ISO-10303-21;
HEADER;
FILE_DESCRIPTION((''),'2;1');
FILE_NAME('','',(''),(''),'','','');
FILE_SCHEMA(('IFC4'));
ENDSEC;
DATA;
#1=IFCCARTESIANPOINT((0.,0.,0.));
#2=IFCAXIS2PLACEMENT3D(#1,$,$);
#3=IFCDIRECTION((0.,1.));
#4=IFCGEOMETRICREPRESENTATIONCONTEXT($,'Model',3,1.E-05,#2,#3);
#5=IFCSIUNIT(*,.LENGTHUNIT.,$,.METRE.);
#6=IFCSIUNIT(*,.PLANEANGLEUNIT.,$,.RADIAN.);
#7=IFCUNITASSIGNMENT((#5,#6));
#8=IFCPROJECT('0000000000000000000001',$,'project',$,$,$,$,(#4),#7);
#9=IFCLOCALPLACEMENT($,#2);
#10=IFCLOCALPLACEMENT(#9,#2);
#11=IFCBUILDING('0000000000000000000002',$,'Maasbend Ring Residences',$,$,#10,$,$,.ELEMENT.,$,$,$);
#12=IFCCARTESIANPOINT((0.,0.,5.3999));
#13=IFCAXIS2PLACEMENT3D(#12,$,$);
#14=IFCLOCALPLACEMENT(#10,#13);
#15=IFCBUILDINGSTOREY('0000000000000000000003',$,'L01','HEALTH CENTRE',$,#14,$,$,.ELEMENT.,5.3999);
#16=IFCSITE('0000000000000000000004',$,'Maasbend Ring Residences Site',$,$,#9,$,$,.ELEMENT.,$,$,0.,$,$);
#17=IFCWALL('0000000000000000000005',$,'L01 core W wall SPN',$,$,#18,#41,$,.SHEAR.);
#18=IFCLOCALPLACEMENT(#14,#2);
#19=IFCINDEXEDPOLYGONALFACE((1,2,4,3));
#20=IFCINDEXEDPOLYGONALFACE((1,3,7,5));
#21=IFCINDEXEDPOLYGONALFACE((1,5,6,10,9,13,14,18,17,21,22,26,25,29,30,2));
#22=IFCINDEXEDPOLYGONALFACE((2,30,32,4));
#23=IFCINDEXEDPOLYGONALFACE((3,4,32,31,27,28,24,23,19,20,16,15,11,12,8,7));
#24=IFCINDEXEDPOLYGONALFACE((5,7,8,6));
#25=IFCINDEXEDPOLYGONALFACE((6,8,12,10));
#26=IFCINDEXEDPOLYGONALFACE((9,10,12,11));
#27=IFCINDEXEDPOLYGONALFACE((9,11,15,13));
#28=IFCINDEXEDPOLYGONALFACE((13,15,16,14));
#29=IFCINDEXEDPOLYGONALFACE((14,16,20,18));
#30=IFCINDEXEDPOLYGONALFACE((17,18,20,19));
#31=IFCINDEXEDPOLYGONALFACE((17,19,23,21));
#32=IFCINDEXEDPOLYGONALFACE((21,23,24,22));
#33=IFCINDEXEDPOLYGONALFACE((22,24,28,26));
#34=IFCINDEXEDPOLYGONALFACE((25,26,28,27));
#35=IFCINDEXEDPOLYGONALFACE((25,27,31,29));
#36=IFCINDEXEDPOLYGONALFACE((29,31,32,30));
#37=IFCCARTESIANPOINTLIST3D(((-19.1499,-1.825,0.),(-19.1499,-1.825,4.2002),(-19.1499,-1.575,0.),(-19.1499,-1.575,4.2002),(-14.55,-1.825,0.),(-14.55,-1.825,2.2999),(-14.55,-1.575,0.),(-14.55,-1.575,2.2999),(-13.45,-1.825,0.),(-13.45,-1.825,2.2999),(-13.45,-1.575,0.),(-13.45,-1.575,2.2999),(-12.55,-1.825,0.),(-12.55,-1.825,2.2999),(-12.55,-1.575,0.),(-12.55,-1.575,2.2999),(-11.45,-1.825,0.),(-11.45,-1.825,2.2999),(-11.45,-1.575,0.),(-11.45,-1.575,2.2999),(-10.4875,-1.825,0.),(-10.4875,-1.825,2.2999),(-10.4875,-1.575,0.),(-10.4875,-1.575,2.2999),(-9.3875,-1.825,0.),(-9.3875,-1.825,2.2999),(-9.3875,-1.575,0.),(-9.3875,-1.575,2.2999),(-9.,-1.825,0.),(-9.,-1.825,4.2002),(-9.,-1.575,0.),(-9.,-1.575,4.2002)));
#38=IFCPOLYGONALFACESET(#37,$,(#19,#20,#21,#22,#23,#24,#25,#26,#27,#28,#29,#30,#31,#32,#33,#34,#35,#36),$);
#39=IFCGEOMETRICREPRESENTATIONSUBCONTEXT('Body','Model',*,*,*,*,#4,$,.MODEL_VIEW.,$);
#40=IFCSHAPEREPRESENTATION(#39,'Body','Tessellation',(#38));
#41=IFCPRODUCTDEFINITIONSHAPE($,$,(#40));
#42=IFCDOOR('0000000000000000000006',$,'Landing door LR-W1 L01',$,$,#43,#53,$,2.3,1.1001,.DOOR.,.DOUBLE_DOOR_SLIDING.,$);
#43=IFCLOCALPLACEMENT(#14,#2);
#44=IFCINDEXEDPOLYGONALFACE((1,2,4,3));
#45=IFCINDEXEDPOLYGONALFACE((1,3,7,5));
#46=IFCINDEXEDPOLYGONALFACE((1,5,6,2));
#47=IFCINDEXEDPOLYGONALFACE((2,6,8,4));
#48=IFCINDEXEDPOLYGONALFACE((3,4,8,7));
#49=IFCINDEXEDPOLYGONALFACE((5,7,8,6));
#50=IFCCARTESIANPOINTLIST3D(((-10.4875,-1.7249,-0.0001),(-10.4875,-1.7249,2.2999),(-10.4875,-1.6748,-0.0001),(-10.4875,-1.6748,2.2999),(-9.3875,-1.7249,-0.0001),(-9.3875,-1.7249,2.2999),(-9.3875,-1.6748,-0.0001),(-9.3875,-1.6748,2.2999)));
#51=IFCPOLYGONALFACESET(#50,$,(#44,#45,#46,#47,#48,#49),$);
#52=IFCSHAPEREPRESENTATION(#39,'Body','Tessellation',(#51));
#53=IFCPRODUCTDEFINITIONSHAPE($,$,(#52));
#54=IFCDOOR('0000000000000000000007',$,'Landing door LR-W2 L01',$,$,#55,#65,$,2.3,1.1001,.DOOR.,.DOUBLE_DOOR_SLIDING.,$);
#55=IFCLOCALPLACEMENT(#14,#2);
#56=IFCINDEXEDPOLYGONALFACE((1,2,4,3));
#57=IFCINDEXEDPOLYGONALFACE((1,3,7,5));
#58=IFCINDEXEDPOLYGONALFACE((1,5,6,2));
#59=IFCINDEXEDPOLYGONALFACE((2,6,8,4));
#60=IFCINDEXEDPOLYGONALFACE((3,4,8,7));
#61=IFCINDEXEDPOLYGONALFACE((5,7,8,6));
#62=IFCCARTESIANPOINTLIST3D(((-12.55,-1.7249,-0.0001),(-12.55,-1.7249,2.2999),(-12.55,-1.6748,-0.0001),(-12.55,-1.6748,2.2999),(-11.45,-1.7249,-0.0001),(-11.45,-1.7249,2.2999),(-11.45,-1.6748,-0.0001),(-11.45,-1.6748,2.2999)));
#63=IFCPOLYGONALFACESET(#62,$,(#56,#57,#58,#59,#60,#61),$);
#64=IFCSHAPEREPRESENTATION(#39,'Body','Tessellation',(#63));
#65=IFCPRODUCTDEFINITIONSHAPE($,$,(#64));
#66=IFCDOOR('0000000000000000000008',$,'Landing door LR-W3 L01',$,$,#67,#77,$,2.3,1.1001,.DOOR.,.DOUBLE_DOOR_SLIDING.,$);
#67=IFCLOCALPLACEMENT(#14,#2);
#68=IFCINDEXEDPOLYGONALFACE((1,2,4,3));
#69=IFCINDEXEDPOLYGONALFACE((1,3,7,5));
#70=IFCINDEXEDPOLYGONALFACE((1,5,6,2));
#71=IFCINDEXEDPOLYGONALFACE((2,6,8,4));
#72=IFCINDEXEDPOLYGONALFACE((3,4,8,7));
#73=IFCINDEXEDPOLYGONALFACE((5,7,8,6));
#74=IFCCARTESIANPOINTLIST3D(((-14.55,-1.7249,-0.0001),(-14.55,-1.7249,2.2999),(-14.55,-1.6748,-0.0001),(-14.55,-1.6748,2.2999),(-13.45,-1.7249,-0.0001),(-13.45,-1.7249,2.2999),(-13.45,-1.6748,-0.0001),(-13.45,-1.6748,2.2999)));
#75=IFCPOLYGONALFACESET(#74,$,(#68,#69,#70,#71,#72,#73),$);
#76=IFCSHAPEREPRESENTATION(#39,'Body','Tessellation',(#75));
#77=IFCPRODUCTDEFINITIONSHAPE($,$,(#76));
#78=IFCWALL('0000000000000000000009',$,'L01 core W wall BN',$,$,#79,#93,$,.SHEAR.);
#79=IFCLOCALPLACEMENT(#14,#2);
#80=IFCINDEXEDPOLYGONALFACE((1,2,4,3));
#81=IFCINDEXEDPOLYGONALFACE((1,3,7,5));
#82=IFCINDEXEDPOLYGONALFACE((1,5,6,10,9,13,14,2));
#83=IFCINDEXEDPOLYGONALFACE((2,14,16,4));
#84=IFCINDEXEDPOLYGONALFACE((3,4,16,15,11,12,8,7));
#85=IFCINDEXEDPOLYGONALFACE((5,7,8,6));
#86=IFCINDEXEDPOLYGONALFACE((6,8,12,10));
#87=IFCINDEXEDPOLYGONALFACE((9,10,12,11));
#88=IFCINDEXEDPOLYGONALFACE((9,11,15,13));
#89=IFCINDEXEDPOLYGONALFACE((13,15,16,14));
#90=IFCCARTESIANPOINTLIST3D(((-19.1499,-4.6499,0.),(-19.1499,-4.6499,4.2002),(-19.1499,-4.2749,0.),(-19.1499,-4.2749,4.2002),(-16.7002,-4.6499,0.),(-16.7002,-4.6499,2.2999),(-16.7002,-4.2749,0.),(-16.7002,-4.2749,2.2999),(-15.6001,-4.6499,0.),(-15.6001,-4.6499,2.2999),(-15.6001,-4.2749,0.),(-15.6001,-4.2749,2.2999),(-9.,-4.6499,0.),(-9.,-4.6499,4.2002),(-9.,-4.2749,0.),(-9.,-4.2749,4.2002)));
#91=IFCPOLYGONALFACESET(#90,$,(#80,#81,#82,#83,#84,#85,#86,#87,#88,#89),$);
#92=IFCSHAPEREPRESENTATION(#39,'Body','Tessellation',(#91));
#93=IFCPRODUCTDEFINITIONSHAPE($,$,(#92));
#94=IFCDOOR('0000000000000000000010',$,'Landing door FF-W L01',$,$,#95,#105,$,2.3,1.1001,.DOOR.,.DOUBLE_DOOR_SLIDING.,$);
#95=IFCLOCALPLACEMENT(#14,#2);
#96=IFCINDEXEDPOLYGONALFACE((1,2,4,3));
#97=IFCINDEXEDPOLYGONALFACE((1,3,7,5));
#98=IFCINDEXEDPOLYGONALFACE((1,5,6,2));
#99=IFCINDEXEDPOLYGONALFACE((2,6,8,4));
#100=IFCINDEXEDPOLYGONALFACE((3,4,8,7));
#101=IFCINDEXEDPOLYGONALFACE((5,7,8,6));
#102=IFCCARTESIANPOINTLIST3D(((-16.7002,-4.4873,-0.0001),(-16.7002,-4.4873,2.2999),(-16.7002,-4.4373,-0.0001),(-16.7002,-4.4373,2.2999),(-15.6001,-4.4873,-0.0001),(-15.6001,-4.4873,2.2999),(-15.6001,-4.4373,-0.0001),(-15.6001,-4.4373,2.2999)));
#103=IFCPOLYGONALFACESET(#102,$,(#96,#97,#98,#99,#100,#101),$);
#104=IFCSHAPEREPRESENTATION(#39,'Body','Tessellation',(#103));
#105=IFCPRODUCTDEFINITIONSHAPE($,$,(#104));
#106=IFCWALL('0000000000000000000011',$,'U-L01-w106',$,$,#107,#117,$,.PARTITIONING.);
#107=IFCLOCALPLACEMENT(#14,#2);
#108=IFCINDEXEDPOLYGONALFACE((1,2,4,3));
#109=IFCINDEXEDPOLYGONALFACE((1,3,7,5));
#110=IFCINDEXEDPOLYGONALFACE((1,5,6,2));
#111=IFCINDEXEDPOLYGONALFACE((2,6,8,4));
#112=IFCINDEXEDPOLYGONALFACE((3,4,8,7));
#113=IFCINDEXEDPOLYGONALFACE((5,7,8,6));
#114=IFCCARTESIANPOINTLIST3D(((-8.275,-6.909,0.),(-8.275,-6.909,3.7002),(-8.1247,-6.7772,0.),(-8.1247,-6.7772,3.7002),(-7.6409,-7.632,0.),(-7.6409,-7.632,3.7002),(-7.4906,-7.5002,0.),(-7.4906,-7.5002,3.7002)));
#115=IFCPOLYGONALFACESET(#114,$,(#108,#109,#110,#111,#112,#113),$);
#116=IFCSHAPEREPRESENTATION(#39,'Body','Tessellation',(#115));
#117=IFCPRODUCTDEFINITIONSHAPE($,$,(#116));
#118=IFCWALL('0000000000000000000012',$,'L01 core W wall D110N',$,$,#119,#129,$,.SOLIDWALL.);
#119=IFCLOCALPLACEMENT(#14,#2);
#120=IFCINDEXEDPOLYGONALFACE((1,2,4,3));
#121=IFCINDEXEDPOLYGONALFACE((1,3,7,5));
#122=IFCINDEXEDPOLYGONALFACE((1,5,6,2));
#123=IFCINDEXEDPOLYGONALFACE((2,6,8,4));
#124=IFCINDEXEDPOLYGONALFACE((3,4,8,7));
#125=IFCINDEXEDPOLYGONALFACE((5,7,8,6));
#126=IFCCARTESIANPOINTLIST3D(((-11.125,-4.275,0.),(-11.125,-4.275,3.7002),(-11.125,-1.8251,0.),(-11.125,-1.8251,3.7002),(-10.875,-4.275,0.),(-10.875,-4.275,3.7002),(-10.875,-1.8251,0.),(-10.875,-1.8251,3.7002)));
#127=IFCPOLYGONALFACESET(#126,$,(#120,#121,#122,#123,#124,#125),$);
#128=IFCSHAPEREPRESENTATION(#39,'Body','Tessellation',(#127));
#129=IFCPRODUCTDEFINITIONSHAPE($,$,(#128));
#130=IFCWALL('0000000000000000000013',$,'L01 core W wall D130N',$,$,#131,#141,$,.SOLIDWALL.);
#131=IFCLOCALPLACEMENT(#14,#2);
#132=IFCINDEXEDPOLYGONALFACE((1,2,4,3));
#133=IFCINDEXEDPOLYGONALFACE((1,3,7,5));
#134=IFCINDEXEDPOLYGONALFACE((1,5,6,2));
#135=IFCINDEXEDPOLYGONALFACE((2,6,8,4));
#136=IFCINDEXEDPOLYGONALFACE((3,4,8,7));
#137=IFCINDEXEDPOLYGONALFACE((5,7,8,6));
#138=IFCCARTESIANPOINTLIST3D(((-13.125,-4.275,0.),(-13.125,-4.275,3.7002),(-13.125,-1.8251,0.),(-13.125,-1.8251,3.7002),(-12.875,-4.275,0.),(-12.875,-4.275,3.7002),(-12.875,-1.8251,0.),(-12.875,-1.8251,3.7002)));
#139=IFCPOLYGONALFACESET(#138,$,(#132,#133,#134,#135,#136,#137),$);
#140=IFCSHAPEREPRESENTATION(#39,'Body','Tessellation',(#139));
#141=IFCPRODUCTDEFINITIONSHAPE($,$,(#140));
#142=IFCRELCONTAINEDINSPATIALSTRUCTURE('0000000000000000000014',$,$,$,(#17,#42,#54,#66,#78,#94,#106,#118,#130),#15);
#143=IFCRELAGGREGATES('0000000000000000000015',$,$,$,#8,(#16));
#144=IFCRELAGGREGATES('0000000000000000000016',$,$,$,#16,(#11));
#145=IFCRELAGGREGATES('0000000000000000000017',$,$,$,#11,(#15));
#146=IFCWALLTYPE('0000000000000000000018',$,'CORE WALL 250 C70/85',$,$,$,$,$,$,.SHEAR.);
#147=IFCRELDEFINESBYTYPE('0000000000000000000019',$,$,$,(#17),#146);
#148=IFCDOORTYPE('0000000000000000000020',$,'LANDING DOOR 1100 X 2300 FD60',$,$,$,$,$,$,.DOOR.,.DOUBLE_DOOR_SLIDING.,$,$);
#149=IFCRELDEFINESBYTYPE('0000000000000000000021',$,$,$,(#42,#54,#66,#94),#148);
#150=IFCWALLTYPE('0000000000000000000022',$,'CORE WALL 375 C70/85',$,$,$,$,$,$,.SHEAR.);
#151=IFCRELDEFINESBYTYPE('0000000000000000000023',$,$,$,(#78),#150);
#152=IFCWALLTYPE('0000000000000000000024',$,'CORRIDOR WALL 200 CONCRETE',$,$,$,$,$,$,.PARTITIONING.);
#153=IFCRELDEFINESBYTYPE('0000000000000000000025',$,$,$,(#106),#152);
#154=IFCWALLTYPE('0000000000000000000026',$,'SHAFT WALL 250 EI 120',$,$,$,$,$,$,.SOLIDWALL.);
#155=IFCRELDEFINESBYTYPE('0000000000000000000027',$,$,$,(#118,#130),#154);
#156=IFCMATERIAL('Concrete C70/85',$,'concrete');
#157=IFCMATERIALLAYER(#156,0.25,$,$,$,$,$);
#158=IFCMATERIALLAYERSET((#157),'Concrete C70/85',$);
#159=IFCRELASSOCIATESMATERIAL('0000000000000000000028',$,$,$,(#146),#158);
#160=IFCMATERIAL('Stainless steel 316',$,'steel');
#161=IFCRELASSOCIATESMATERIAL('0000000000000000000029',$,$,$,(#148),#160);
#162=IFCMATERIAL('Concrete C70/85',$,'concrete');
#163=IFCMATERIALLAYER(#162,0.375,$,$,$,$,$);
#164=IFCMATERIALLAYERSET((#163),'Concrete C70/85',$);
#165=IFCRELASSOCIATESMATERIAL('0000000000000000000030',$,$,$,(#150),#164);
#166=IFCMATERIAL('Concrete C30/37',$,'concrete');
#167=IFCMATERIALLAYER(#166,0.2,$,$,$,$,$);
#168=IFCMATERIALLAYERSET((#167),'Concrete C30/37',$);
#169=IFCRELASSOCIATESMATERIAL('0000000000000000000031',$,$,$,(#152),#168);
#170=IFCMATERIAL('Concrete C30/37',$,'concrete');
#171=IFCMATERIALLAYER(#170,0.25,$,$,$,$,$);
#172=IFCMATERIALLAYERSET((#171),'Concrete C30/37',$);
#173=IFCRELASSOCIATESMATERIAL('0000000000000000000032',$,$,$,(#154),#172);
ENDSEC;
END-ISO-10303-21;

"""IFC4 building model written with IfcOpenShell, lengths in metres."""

from ifc_helpers import new_model, si_unit, direction, frame, frame_2d, origin, place, context, subcontext, project, spatial, rectangle, extrude, material, layer, layer_set, type_object, element, fill, save


model = new_model("IFC4")

# Units and contexts
model_context = context("Model", 3, precision=1e-05, world=origin(), true_north=direction((0.0, 1.0)))
body_context = subcontext(model_context, "Body", "Model", "MODEL_VIEW")
ifc_project = project(units=[si_unit("LENGTHUNIT", "METRE"), si_unit("PLANEANGLEUNIT", "RADIAN")], contexts=[model_context])

# Site, building, storey
site_placement = place(None, origin())
site = spatial("IfcSite", under=ifc_project, at=site_placement, Name="Maasbend Ring Residences Site", CompositionType="ELEMENT", RefElevation=0.0)
building_placement = place(site_placement, origin())
building = spatial("IfcBuilding", under=site, at=building_placement, Name="Maasbend Ring Residences", CompositionType="ELEMENT")
storey_placement = place(building_placement, frame((0.0, 0.0, 5.3999)))
storey = spatial("IfcBuildingStorey", under=building, at=storey_placement, Name="L01", Description="HEALTH CENTRE", CompositionType="ELEMENT", Elevation=5.3999)

# Wall, openings, doors
ifc_material_1 = material(Name="Concrete C70/85", Category="concrete")
ifc_layer_1 = layer(ifc_material_1, 0.25)
ifc_layer_set_1 = layer_set([ifc_layer_1], Name="Concrete C70/85")
wall_type_1 = type_object("IfcWallType", Name="CORE WALL 250 C70/85", PredefinedType="SHEAR", material=ifc_layer_set_1)
wall_1_placement = place(storey_placement, frame((-9.0, -1.7, 0.0), z_axis=(0.0, 0.0, 1.0), x_axis=(-1.0, 0.0, 0.0)))
wall_1 = element("IfcWall", 1, at=wall_1_placement, inside=storey, type_object=wall_type_1, Name="L01 core W wall SPN", PredefinedType="SHEAR", context=body_context, shape_type="SweptSolid", body=[
    extrude(rectangle(XDim=10.1499, YDim=0.25, at=frame_2d((5.075, 0.0))), origin(), (0.0, 0.0, 1.0), 4.2002),
])
opening_1_placement = place(wall_1_placement, frame((0.3875, 0.0, 0.0)))
opening_1 = element("IfcOpeningElement", 2, at=opening_1_placement, cuts=wall_1, PredefinedType="OPENING", context=body_context, shape_type="SweptSolid", body=[
    extrude(rectangle(XDim=1.1001, YDim=2.3, at=frame_2d((0.55, 1.1499))), frame((0.0, 0.135, 0.0), z_axis=(0.0, -1.0, 0.0), x_axis=(1.0, 0.0, 0.0)), (0.0, 0.0, 1.0), 0.27),
])
opening_2_placement = place(wall_1_placement, frame((2.45, 0.0, 0.0)))
opening_2 = element("IfcOpeningElement", 3, at=opening_2_placement, cuts=wall_1, PredefinedType="OPENING", context=body_context, shape_type="SweptSolid", body=[
    extrude(rectangle(XDim=1.1001, YDim=2.3, at=frame_2d((0.55, 1.1499))), frame((0.0, 0.135, 0.0), z_axis=(0.0, -1.0, 0.0), x_axis=(1.0, 0.0, 0.0)), (0.0, 0.0, 1.0), 0.27),
])
opening_3_placement = place(wall_1_placement, frame((4.45, 0.0, 0.0)))
opening_3 = element("IfcOpeningElement", 4, at=opening_3_placement, cuts=wall_1, PredefinedType="OPENING", context=body_context, shape_type="SweptSolid", body=[
    extrude(rectangle(XDim=1.1001, YDim=2.3, at=frame_2d((0.55, 1.1499))), frame((0.0, 0.135, 0.0), z_axis=(0.0, -1.0, 0.0), x_axis=(1.0, 0.0, 0.0)), (0.0, 0.0, 1.0), 0.27),
])
ifc_material_2 = material(Name="Stainless steel 316", Category="steel")
door_type = type_object("IfcDoorType", Name="LANDING DOOR 1100 X 2300 FD60", OperationType="DOUBLE_DOOR_SLIDING", PredefinedType="DOOR", material=ifc_material_2)
door_1_placement = place(opening_1_placement, origin())
door_1 = element("IfcDoor", 5, at=door_1_placement, inside=storey, type_object=door_type, Name="Landing door LR-W1 L01", OperationType="DOUBLE_DOOR_SLIDING", OverallHeight=2.3, OverallWidth=1.1001, PredefinedType="DOOR", context=body_context, shape_type="SweptSolid", body=[
    extrude(rectangle(XDim=1.1001, YDim=2.3, at=frame_2d((0.55, 1.1499))), frame((0.0, 0.0249, 0.0), z_axis=(0.0, -1.0, 0.0), x_axis=(1.0, 0.0, 0.0)), (0.0, 0.0, 1.0), 0.05),
])
fill(opening_1, door_1)
door_2_placement = place(opening_2_placement, origin())
door_2 = element("IfcDoor", 6, at=door_2_placement, inside=storey, type_object=door_type, Name="Landing door LR-W2 L01", OperationType="DOUBLE_DOOR_SLIDING", OverallHeight=2.3, OverallWidth=1.1001, PredefinedType="DOOR", context=body_context, shape_type="SweptSolid", body=[
    extrude(rectangle(XDim=1.1001, YDim=2.3, at=frame_2d((0.55, 1.1499))), frame((0.0, 0.0249, 0.0), z_axis=(0.0, -1.0, 0.0), x_axis=(1.0, 0.0, 0.0)), (0.0, 0.0, 1.0), 0.05),
])
fill(opening_2, door_2)
door_3_placement = place(opening_3_placement, origin())
door_3 = element("IfcDoor", 7, at=door_3_placement, inside=storey, type_object=door_type, Name="Landing door LR-W3 L01", OperationType="DOUBLE_DOOR_SLIDING", OverallHeight=2.3, OverallWidth=1.1001, PredefinedType="DOOR", context=body_context, shape_type="SweptSolid", body=[
    extrude(rectangle(XDim=1.1001, YDim=2.3, at=frame_2d((0.55, 1.1499))), frame((0.0, 0.0249, 0.0), z_axis=(0.0, -1.0, 0.0), x_axis=(1.0, 0.0, 0.0)), (0.0, 0.0, 1.0), 0.05),
])
fill(opening_3, door_3)

# Wall, opening, door
ifc_material_3 = material(Name="Concrete C70/85", Category="concrete")
ifc_layer_2 = layer(ifc_material_3, 0.375)
ifc_layer_set_2 = layer_set([ifc_layer_2], Name="Concrete C70/85")
wall_type_2 = type_object("IfcWallType", Name="CORE WALL 375 C70/85", PredefinedType="SHEAR", material=ifc_layer_set_2)
wall_2_placement = place(storey_placement, frame((-9.0, -4.4624, 0.0), z_axis=(0.0, 0.0, 1.0), x_axis=(-1.0, 0.0, 0.0)))
wall_2 = element("IfcWall", 8, at=wall_2_placement, inside=storey, type_object=wall_type_2, Name="L01 core W wall BN", PredefinedType="SHEAR", context=body_context, shape_type="SweptSolid", body=[
    extrude(rectangle(XDim=10.1499, YDim=0.375, at=frame_2d((5.075, 0.0))), origin(), (0.0, 0.0, 1.0), 4.2002),
])
opening_4_placement = place(wall_2_placement, frame((6.6001, 0.0, 0.0)))
opening_4 = element("IfcOpeningElement", 9, at=opening_4_placement, cuts=wall_2, PredefinedType="OPENING", context=body_context, shape_type="SweptSolid", body=[
    extrude(rectangle(XDim=1.1001, YDim=2.3, at=frame_2d((0.55, 1.1499))), frame((0.0, 0.1975, 0.0), z_axis=(0.0, -1.0, 0.0), x_axis=(1.0, 0.0, 0.0)), (0.0, 0.0, 1.0), 0.395),
])
door_4_placement = place(opening_4_placement, origin())
door_4 = element("IfcDoor", 10, at=door_4_placement, inside=storey, type_object=door_type, Name="Landing door FF-W L01", OperationType="DOUBLE_DOOR_SLIDING", OverallHeight=2.3, OverallWidth=1.1001, PredefinedType="DOOR", context=body_context, shape_type="SweptSolid", body=[
    extrude(rectangle(XDim=1.1001, YDim=2.3, at=frame_2d((0.55, 1.1499))), frame((0.0, 0.0249, 0.0), z_axis=(0.0, -1.0, 0.0), x_axis=(1.0, 0.0, 0.0)), (0.0, 0.0, 1.0), 0.05),
])
fill(opening_4, door_4)

# Walls
ifc_material_4 = material(Name="Concrete C30/37", Category="concrete")
ifc_layer_3 = layer(ifc_material_4, 0.2)
ifc_layer_set_3 = layer_set([ifc_layer_3], Name="Concrete C30/37")
wall_type_3 = type_object("IfcWallType", Name="CORRIDOR WALL 200 CONCRETE", PredefinedType="PARTITIONING", material=ifc_layer_set_3)
wall_3_placement = place(storey_placement, frame((-8.2, -6.843, 0.0), z_axis=(0.0, 0.0, 1.0), x_axis=(0.659385, -0.751805, 0.0)))
element("IfcWall", 11, at=wall_3_placement, inside=storey, type_object=wall_type_3, Name="U-L01-w106", PredefinedType="PARTITIONING", context=body_context, shape_type="SweptSolid", body=[
    extrude(rectangle(XDim=0.9617, YDim=0.2, at=frame_2d((0.481, 0.0))), origin(), (0.0, 0.0, 1.0), 3.7002),
])
ifc_material_5 = material(Name="Concrete C30/37", Category="concrete")
ifc_layer_4 = layer(ifc_material_5, 0.25)
ifc_layer_set_4 = layer_set([ifc_layer_4], Name="Concrete C30/37")
wall_type_4 = type_object("IfcWallType", Name="SHAFT WALL 250 EI 120", PredefinedType="SOLIDWALL", material=ifc_layer_set_4)
for number, where, z_axis, x_axis, name in (
    (12, (-11.0, -1.825, 0.0), (0.0, 0.0, 1.0), (0.0, -1.0, 0.0), "L01 core W wall D110N"),
    (13, (-13.0, -1.825, 0.0), (0.0, 0.0, 1.0), (0.0, -1.0, 0.0), "L01 core W wall D130N"),
):
    element("IfcWall", number, at=place(storey_placement, frame(where, z_axis=z_axis, x_axis=x_axis)), inside=storey, type_object=wall_type_4, Name=name, PredefinedType="SOLIDWALL", context=body_context, shape_type="SweptSolid", body=[
        extrude(rectangle(XDim=2.45, YDim=0.25, at=frame_2d((1.2251, 0.0))), origin(), (0.0, 0.0, 1.0), 3.7002),
    ])

save(model, "model.ifc")
